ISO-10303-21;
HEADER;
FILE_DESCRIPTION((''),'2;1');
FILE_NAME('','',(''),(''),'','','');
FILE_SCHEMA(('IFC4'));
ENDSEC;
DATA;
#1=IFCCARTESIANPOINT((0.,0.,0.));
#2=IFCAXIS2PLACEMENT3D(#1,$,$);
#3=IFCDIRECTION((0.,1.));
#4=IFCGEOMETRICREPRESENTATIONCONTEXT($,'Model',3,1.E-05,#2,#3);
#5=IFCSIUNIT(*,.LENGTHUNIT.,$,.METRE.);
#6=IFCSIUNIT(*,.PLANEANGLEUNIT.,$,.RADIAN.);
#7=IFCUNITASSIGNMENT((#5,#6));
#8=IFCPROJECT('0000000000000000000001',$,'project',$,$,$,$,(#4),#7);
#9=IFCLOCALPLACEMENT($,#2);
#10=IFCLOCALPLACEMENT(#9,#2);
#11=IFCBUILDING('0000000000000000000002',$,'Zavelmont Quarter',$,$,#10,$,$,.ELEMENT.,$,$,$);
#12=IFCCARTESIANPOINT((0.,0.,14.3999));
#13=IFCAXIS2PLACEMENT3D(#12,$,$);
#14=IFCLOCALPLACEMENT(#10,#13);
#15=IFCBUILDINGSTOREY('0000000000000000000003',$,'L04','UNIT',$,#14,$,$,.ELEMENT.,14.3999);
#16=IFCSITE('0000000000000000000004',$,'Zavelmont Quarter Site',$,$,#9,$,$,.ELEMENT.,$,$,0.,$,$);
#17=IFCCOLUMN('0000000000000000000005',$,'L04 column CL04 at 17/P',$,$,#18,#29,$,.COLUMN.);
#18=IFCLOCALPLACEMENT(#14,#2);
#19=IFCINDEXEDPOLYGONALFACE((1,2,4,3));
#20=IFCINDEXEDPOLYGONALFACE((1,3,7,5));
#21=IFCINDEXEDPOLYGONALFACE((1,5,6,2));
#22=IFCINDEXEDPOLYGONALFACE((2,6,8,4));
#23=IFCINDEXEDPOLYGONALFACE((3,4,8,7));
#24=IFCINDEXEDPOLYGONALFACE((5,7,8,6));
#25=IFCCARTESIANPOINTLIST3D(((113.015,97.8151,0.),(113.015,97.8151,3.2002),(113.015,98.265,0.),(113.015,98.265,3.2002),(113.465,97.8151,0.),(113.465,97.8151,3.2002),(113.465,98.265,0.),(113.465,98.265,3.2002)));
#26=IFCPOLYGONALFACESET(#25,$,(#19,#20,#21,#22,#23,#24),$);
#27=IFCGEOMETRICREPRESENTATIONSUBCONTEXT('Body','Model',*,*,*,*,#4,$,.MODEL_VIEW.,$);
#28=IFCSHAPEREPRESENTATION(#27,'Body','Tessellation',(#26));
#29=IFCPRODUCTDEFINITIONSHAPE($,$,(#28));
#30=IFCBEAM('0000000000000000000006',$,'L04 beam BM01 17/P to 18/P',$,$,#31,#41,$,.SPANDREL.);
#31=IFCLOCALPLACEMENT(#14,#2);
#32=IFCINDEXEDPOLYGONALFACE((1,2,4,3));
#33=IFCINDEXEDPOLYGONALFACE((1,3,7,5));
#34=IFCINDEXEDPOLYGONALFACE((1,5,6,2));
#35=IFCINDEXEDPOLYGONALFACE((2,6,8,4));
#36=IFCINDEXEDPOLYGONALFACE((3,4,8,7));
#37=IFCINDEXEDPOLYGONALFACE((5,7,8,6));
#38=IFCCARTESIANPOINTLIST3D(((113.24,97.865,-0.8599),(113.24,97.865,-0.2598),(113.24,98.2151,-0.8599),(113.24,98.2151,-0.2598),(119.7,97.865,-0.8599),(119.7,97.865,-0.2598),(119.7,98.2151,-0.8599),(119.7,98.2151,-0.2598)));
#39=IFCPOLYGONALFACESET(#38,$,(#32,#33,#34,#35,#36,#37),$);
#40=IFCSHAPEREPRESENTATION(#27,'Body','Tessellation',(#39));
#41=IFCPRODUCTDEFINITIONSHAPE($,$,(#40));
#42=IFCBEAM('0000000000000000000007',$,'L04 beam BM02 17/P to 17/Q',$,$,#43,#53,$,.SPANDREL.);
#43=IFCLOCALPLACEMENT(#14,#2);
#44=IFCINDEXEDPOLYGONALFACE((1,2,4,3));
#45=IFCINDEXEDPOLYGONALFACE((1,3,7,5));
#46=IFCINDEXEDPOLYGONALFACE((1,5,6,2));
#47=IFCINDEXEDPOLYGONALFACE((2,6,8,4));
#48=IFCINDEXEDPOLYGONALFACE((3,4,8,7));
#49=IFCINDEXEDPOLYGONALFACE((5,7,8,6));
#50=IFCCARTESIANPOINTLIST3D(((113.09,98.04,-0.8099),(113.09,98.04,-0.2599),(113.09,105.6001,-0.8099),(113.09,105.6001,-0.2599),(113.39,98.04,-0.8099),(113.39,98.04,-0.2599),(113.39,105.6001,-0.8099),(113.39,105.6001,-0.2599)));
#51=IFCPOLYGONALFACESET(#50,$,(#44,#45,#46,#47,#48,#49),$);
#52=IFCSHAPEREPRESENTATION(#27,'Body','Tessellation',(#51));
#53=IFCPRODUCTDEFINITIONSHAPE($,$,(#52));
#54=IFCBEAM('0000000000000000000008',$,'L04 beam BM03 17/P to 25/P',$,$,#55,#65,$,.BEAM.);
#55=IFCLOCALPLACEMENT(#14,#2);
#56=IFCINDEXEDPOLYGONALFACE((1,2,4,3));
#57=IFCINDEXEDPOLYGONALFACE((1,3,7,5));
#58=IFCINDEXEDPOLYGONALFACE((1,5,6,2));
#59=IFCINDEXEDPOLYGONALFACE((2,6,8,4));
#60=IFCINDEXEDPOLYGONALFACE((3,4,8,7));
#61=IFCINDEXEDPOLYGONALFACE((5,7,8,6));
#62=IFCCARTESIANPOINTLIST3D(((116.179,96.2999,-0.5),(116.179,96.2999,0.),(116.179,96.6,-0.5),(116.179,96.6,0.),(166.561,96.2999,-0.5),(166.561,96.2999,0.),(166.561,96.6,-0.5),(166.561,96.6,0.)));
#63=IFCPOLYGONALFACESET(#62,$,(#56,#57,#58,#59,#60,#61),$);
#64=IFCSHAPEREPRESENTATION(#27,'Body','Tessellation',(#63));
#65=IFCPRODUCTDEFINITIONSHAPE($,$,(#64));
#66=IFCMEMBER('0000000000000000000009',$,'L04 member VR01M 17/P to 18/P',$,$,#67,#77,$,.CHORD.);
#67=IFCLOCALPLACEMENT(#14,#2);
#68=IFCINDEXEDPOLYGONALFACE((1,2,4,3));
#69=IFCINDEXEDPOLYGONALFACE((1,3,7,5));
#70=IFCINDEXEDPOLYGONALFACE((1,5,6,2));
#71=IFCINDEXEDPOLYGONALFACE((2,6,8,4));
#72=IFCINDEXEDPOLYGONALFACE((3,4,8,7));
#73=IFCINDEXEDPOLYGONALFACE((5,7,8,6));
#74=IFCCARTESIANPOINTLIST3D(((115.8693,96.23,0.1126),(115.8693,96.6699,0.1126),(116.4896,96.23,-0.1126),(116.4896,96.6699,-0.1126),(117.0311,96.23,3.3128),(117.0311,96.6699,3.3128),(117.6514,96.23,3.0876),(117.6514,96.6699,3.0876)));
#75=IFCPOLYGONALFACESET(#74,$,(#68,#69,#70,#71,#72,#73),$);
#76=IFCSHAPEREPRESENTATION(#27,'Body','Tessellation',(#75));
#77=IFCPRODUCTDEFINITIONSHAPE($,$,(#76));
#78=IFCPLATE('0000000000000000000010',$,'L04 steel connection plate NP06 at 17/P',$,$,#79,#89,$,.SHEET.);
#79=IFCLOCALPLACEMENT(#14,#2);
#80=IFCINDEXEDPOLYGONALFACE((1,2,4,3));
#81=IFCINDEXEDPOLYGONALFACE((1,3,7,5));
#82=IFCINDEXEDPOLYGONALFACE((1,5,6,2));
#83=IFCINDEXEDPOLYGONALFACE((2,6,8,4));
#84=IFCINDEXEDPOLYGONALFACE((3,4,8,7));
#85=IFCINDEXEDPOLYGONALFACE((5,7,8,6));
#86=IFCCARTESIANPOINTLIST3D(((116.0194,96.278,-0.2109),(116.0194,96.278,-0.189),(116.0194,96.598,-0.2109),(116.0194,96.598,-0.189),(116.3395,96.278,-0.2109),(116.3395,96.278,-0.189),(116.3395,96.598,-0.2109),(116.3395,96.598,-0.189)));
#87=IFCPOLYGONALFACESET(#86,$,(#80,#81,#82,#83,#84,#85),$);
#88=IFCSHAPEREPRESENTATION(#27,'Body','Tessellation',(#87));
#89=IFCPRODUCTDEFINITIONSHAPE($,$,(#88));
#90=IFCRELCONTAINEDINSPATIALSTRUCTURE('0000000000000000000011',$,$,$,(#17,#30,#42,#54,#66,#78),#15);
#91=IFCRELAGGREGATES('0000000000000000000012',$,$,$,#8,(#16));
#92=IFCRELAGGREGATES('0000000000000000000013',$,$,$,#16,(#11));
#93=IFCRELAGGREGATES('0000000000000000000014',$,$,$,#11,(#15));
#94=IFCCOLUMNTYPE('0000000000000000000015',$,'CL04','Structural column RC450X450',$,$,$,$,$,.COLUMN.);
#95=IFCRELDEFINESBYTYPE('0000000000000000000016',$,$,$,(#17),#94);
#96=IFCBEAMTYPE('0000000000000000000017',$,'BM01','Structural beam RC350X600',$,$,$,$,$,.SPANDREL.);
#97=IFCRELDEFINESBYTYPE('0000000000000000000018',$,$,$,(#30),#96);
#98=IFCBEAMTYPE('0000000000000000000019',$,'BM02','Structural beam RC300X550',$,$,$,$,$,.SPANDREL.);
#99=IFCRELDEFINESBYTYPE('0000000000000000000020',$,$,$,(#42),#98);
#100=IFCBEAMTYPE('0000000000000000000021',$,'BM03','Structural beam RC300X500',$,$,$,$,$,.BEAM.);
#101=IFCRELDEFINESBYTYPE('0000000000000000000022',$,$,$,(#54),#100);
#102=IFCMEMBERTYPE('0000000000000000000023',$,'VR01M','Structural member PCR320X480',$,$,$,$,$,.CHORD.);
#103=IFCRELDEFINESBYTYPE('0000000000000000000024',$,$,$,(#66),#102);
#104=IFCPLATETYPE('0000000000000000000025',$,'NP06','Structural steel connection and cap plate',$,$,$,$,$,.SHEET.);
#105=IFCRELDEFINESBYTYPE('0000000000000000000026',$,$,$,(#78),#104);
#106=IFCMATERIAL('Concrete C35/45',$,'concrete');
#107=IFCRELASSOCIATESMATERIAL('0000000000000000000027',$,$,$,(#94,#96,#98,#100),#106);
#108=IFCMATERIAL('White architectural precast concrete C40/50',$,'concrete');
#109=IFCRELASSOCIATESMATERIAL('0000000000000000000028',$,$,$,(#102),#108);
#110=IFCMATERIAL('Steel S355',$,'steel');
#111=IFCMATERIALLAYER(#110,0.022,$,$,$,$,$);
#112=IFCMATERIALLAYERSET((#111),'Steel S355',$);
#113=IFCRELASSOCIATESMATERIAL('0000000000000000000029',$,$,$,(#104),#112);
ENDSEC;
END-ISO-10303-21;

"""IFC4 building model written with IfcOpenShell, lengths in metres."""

from ifc_helpers import new_model, si_unit, direction, frame, origin, origin_2d, place, context, subcontext, project, spatial, rectangle, extrude, material, layer, layer_set, material_profile, profile_set, type_object, element, save


model = new_model("IFC4")

# Units and contexts
model_context = context("Model", 3, precision=1e-05, world=origin(), true_north=direction((0.0, 1.0)))
body_context = subcontext(model_context, "Body", "Model", "MODEL_VIEW")
ifc_project = project(units=[si_unit("LENGTHUNIT", "METRE"), si_unit("PLANEANGLEUNIT", "RADIAN")], contexts=[model_context])

# Site, building, storey
site_placement = place(None, origin())
site = spatial("IfcSite", under=ifc_project, at=site_placement, Name="Zavelmont Quarter Site", CompositionType="ELEMENT", RefElevation=0.0)
building_placement = place(site_placement, origin())
building = spatial("IfcBuilding", under=site, at=building_placement, Name="Zavelmont Quarter", CompositionType="ELEMENT")
storey_placement = place(building_placement, frame((0.0, 0.0, 14.3999)))
storey = spatial("IfcBuildingStorey", under=building, at=storey_placement, Name="L04", Description="UNIT", CompositionType="ELEMENT", Elevation=14.3999)

# Column
ifc_material_1 = material(Name="Concrete C35/45", Category="concrete")
ifc_material_profile_1 = material_profile(ifc_material_1, rectangle(XDim=0.45, YDim=0.45, at=origin_2d()), Name="RC450X450")
ifc_profile_set_1 = profile_set([ifc_material_profile_1], Name="Concrete C35/45")
column_type = type_object("IfcColumnType", Name="CL04", Description="Structural column RC450X450", PredefinedType="COLUMN", material=ifc_profile_set_1)
column_placement = place(storey_placement, frame((113.24, 98.04, 0.0), z_axis=(0.0, 0.0, 1.0), x_axis=(1.0, 0.0, 0.0)))
element("IfcColumn", 1, at=column_placement, inside=storey, type_object=column_type, Name="L04 column CL04 at 17/P", PredefinedType="COLUMN", context=body_context, shape_type="SweptSolid", body=[
    extrude(rectangle(XDim=0.45, YDim=0.45, at=origin_2d()), origin(), (0.0, 0.0, 1.0), 3.2002),
])

# Beams
ifc_material_profile_2 = material_profile(ifc_material_1, rectangle(XDim=0.3501, YDim=0.6001, at=origin_2d()), Name="RC350X600")
ifc_profile_set_2 = profile_set([ifc_material_profile_2], Name="Concrete C35/45")
beam_type_1 = type_object("IfcBeamType", Name="BM01", Description="Structural beam RC350X600", PredefinedType="SPANDREL", material=ifc_profile_set_2)
beam_1_placement = place(storey_placement, frame((113.24, 98.04, -0.5598), z_axis=(1.0, 0.0, 0.0), x_axis=(0.0, 1.0, 0.0)))
element("IfcBeam", 2, at=beam_1_placement, inside=storey, type_object=beam_type_1, Name="L04 beam BM01 17/P to 18/P", PredefinedType="SPANDREL", context=body_context, shape_type="SweptSolid", body=[
    extrude(rectangle(XDim=0.3501, YDim=0.6001, at=origin_2d()), origin(), (0.0, 0.0, 1.0), 6.46),
])
ifc_material_profile_3 = material_profile(ifc_material_1, rectangle(XDim=0.3, YDim=0.55, at=origin_2d()), Name="RC300X550")
ifc_profile_set_3 = profile_set([ifc_material_profile_3], Name="Concrete C35/45")
beam_type_2 = type_object("IfcBeamType", Name="BM02", Description="Structural beam RC300X550", PredefinedType="SPANDREL", material=ifc_profile_set_3)
beam_2_placement = place(storey_placement, frame((113.24, 98.04, -0.5349), z_axis=(0.0, 1.0, 0.0), x_axis=(-1.0, 0.0, 0.0)))
element("IfcBeam", 3, at=beam_2_placement, inside=storey, type_object=beam_type_2, Name="L04 beam BM02 17/P to 17/Q", PredefinedType="SPANDREL", context=body_context, shape_type="SweptSolid", body=[
    extrude(rectangle(XDim=0.3, YDim=0.55, at=origin_2d()), origin(), (0.0, 0.0, 1.0), 7.5601),
])
ifc_material_profile_4 = material_profile(ifc_material_1, rectangle(XDim=0.3, YDim=0.5, at=origin_2d()), Name="RC300X500")
ifc_profile_set_4 = profile_set([ifc_material_profile_4], Name="Concrete C35/45")
beam_type_3 = type_object("IfcBeamType", Name="BM03", Description="Structural beam RC300X500", PredefinedType="BEAM", material=ifc_profile_set_4)
beam_3_placement = place(storey_placement, frame((116.179, 96.45, -0.25), z_axis=(1.0, 0.0, 0.0), x_axis=(0.0, 1.0, 0.0)))
element("IfcBeam", 4, at=beam_3_placement, inside=storey, type_object=beam_type_3, Name="L04 beam BM03 17/P to 25/P", PredefinedType="BEAM", context=body_context, shape_type="SweptSolid", body=[
    extrude(rectangle(XDim=0.3, YDim=0.5, at=origin_2d()), origin(), (0.0, 0.0, 1.0), 50.3821),
])

# Member
ifc_material_2 = material(Name="White architectural precast concrete C40/50", Category="concrete")
ifc_material_profile_5 = material_profile(ifc_material_2, rectangle(XDim=0.4399, YDim=0.6599, at=origin_2d()), Name="PCR320X480")
ifc_profile_set_5 = profile_set([ifc_material_profile_5], Name="White architectural precast concrete C40/50")
member_type = type_object("IfcMemberType", Name="VR01M", Description="Structural member PCR320X480", PredefinedType="CHORD", material=ifc_profile_set_5)
member_placement = place(storey_placement, frame((116.1794, 96.45, 0.0), z_axis=(0.341265, 0.0, 0.939967), x_axis=(0.0, 1.0, 0.0)))
element("IfcMember", 5, at=member_placement, inside=storey, type_object=member_type, Name="L04 member VR01M 17/P to 18/P", PredefinedType="CHORD", context=body_context, shape_type="SweptSolid", body=[
    extrude(rectangle(XDim=0.4399, YDim=0.6599, at=origin_2d()), origin(), (0.0, 0.0, 1.0), 3.4045),
])

# Plate
ifc_material_3 = material(Name="Steel S355", Category="steel")
ifc_layer_1 = layer(ifc_material_3, 0.022)
ifc_layer_set_1 = layer_set([ifc_layer_1], Name="Steel S355")
plate_type = type_object("IfcPlateType", Name="NP06", Description="Structural steel connection and cap plate", PredefinedType="SHEET", material=ifc_layer_set_1)
plate_placement = place(storey_placement, frame((116.1794, 96.438, -0.2109), z_axis=(0.0, 0.0, 1.0), x_axis=(1.0, 0.0, 0.0)))
element("IfcPlate", 6, at=plate_placement, inside=storey, type_object=plate_type, Name="L04 steel connection plate NP06 at 17/P", PredefinedType="SHEET", context=body_context, shape_type="SweptSolid", body=[
    extrude(rectangle(XDim=0.3201, YDim=0.3201, at=origin_2d()), origin(), (0.0, 0.0, 1.0), 0.022),
])

save(model, "model.ifc")
